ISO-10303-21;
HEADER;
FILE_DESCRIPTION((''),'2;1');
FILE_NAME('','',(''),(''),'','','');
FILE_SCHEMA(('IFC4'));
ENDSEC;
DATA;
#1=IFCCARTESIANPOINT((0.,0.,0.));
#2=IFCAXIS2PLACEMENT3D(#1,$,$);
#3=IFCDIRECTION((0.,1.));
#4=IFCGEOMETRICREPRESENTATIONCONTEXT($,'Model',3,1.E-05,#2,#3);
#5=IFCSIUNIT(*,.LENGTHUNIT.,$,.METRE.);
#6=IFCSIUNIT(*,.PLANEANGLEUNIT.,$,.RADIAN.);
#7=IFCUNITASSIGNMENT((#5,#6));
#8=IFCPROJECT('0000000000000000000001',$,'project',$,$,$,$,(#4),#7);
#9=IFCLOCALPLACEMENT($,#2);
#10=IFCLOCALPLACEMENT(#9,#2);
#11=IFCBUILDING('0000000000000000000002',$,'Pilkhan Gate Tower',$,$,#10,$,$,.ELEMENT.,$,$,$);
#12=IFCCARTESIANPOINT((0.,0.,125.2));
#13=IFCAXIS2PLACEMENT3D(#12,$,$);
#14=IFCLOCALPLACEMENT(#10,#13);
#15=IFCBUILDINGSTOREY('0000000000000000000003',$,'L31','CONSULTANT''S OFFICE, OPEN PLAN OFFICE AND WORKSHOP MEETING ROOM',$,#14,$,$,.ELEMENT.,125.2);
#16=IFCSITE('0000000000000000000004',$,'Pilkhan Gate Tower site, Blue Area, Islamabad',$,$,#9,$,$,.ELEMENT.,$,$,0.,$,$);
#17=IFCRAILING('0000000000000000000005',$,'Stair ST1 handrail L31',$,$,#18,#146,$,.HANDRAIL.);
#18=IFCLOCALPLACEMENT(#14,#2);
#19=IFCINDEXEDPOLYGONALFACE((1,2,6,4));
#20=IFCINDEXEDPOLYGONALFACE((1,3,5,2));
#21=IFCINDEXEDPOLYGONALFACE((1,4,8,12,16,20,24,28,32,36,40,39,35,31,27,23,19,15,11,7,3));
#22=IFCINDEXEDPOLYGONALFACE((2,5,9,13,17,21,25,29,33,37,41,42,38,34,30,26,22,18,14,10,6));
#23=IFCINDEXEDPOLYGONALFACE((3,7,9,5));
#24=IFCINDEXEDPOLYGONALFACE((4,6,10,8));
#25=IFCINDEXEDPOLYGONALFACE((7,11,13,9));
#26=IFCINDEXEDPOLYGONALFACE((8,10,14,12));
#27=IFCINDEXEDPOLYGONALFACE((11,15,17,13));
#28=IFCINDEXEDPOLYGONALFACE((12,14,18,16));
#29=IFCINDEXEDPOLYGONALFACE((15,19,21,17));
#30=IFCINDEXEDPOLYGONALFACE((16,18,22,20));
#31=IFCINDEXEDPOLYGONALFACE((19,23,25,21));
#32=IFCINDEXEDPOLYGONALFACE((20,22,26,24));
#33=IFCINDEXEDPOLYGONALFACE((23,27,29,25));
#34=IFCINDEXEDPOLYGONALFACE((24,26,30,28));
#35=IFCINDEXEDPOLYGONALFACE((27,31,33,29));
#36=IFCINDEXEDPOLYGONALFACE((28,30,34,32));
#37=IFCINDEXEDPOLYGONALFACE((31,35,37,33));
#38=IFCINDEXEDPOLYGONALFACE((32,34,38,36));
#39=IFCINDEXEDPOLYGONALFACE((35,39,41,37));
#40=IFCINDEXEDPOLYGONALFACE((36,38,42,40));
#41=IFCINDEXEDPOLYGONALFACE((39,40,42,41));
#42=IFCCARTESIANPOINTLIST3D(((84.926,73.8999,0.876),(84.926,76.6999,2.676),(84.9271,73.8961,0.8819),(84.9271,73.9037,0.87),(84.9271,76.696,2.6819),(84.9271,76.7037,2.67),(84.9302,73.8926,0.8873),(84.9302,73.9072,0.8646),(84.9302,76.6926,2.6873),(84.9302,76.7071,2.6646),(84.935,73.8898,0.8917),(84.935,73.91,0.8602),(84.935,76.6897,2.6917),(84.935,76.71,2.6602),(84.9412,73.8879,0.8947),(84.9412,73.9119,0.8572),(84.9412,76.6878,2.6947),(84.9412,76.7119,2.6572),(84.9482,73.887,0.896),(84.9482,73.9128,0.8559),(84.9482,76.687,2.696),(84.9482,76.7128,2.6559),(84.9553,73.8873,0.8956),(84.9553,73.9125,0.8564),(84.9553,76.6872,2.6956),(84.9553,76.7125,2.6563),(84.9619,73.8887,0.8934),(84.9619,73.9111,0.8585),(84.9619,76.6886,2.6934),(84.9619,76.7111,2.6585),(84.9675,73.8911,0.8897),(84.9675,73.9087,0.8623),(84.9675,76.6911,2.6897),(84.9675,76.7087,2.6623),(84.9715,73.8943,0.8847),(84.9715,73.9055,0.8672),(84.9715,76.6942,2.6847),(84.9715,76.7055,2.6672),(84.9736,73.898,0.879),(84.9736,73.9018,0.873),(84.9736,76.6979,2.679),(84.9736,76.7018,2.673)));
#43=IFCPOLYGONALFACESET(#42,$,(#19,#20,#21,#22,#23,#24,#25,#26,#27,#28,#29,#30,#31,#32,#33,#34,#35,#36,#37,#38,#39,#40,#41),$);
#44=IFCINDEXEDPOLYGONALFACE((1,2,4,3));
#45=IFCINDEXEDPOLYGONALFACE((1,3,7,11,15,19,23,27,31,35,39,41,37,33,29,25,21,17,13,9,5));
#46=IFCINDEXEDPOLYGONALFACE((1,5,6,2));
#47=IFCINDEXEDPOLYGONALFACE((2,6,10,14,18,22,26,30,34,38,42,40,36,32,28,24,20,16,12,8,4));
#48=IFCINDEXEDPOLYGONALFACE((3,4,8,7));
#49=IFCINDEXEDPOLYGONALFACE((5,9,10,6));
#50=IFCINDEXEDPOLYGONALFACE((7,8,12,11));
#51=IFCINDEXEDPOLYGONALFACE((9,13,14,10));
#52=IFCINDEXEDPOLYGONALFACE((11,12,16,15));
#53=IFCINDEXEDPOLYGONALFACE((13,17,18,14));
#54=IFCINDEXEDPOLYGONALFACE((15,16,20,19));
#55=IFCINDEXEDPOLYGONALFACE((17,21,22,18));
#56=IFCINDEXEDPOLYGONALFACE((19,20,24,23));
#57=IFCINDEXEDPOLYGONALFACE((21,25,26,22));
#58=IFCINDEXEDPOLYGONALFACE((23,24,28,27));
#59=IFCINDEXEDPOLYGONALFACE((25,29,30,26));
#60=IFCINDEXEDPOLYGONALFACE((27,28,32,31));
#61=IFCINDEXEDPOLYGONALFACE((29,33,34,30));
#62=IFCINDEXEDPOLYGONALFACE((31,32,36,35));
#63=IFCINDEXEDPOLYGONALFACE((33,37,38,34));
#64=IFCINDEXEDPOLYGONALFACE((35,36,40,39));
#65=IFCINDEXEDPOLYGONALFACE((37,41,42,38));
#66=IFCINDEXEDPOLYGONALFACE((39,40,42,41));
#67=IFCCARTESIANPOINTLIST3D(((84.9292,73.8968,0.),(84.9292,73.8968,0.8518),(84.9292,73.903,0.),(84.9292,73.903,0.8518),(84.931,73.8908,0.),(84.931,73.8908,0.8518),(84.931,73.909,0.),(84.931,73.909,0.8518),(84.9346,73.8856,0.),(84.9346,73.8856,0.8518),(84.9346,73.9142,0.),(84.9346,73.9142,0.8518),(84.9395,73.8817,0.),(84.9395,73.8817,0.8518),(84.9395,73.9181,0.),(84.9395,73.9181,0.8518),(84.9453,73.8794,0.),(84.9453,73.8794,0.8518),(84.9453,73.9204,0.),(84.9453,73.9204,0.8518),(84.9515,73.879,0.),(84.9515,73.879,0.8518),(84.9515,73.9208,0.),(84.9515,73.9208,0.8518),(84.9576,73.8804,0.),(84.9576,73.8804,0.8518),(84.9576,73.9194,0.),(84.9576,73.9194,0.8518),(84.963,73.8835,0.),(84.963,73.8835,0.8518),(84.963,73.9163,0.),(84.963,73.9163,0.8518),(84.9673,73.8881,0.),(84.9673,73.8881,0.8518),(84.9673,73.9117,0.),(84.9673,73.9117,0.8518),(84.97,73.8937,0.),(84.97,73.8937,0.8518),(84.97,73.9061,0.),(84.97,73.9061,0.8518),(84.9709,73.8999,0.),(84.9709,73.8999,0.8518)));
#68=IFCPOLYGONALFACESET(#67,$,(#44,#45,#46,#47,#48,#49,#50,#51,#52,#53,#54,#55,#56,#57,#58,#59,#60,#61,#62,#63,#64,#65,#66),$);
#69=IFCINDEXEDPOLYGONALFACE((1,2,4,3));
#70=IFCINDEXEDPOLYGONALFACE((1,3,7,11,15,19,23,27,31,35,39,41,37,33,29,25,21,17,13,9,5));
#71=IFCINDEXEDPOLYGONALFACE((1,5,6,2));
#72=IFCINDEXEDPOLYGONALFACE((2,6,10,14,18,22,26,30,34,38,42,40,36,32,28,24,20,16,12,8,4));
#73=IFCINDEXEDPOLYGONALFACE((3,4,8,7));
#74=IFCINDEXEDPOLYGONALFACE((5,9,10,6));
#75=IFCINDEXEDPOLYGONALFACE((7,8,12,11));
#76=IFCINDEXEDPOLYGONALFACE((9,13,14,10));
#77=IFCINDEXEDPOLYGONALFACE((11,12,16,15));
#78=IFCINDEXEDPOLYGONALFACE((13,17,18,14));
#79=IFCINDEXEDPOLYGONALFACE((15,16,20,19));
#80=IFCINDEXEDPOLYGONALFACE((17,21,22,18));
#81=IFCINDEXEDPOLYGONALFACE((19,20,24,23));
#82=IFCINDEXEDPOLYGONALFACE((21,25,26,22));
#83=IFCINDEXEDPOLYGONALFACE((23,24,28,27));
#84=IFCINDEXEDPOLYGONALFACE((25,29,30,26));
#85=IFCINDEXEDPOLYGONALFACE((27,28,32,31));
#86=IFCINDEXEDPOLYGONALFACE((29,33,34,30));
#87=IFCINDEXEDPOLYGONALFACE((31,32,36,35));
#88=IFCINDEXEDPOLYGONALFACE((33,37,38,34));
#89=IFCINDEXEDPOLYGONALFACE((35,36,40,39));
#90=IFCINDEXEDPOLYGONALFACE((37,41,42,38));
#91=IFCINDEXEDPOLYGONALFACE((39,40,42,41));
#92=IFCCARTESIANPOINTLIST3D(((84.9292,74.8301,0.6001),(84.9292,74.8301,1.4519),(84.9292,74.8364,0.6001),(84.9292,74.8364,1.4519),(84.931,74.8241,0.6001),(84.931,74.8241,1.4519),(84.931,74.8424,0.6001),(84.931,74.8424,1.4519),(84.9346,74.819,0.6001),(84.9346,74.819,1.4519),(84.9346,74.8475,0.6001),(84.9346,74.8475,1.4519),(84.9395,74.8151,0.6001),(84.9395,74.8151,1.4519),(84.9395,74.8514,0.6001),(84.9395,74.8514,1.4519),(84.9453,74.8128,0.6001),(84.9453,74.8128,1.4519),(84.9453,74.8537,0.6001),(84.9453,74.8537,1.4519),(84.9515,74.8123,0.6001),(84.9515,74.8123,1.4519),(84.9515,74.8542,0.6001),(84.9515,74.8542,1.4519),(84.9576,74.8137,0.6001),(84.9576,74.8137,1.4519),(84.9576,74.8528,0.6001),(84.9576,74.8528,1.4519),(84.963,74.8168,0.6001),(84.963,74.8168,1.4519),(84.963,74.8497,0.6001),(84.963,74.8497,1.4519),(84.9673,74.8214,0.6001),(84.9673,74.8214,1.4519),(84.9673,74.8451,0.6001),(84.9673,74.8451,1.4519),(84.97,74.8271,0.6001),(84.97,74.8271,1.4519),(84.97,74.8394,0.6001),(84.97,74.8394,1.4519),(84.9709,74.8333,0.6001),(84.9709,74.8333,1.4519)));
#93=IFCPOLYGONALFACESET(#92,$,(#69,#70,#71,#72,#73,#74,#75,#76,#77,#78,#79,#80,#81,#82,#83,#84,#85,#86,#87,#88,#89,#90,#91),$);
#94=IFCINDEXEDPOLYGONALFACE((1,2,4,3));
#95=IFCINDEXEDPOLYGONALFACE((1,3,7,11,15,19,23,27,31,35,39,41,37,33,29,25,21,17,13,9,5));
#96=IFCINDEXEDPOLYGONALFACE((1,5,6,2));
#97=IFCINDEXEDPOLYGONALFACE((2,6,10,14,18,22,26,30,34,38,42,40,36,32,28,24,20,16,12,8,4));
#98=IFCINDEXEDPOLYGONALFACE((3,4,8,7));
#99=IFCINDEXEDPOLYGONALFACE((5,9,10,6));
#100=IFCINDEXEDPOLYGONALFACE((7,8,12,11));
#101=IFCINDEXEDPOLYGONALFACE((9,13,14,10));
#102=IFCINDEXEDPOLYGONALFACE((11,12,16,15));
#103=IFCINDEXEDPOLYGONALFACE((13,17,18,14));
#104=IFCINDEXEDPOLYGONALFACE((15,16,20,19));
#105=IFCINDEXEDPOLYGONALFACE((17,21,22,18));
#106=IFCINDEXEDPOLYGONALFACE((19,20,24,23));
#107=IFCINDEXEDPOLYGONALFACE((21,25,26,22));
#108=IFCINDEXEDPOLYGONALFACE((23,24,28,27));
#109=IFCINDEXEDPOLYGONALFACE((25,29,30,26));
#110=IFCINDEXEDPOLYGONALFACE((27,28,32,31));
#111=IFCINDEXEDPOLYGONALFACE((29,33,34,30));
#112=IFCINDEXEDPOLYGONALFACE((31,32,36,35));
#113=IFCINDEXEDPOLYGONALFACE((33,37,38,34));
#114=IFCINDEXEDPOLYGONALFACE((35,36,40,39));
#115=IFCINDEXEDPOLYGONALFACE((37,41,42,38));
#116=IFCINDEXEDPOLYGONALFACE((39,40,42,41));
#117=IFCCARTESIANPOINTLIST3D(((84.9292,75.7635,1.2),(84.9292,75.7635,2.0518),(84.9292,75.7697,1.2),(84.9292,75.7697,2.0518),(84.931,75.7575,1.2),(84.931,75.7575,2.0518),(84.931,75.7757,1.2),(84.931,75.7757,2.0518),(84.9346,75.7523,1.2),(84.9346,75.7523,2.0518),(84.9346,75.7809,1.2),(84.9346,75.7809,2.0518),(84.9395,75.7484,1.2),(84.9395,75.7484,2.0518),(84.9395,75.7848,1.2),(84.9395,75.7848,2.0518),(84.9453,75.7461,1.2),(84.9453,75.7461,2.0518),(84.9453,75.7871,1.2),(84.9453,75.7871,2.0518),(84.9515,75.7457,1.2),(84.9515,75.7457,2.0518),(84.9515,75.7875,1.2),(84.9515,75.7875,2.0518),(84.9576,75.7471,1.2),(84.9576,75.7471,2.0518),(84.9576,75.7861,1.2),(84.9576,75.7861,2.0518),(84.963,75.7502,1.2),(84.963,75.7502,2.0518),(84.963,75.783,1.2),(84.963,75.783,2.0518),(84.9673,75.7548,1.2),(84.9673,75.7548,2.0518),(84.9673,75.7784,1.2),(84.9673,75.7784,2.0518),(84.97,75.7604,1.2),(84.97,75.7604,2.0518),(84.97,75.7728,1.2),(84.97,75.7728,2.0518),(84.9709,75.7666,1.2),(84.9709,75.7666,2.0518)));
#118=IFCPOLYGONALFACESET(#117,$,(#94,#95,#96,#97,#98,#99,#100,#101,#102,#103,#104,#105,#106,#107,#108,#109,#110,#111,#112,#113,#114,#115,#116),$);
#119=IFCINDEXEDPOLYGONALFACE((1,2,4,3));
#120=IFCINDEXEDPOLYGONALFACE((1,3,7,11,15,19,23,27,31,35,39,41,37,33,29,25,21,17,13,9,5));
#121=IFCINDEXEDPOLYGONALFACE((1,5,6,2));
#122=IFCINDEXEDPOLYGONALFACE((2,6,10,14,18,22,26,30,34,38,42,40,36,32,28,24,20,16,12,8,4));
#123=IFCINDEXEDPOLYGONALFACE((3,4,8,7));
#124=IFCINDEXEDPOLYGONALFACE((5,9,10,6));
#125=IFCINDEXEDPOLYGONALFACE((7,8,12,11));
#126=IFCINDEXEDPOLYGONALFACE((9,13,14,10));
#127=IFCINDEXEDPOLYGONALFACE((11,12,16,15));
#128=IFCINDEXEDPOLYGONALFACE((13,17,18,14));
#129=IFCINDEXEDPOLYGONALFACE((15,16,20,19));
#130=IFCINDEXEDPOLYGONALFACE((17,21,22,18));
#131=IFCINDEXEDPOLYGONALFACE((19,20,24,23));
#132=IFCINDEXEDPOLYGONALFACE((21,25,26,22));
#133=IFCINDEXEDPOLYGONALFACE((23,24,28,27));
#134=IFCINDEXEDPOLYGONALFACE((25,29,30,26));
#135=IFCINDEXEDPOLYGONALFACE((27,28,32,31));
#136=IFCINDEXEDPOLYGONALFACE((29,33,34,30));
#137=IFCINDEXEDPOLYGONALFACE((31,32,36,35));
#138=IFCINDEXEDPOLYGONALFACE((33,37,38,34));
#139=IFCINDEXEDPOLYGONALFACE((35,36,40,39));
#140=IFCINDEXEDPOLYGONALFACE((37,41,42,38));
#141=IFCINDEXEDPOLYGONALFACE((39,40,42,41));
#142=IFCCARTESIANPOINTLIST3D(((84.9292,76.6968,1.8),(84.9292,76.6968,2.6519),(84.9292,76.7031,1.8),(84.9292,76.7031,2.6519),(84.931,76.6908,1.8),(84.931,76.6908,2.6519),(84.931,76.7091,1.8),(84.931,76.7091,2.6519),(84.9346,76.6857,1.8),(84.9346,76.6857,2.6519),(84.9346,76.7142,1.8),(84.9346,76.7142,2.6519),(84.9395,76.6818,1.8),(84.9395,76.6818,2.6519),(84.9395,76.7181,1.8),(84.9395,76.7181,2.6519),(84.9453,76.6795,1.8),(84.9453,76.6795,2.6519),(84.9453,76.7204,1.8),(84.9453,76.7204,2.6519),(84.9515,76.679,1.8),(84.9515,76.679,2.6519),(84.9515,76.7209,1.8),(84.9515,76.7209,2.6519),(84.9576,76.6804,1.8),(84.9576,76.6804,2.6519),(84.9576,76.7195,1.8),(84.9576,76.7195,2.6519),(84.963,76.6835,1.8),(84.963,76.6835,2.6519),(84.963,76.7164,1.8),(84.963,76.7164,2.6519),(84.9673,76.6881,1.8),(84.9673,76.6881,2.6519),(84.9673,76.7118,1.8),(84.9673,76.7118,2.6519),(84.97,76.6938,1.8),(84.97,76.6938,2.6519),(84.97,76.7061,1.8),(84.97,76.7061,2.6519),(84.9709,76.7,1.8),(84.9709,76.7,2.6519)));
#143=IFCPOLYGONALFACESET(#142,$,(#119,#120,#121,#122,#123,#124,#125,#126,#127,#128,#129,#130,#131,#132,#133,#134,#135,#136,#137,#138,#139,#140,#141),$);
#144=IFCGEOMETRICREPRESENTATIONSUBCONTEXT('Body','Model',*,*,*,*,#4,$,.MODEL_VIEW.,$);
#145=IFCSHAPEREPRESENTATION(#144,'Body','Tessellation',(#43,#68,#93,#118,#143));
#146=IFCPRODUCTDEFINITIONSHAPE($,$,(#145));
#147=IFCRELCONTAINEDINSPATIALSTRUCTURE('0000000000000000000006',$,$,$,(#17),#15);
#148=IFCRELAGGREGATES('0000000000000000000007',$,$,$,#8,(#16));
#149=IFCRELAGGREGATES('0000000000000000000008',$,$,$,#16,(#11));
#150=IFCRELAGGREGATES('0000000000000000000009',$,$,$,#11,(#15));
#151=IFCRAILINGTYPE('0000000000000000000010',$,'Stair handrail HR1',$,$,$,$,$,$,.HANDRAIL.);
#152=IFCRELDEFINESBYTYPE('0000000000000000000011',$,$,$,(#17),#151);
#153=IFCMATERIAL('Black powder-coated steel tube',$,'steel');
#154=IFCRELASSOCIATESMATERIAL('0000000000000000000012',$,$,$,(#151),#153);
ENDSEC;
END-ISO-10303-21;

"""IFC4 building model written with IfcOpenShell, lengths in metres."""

from ifc_helpers import new_model, si_unit, direction, frame, origin, origin_2d, place, context, subcontext, project, spatial, circle, extrude, material, type_object, element, save


model = new_model("IFC4")

# Units and contexts
model_context = context("Model", 3, precision=1e-05, world=origin(), true_north=direction((0.0, 1.0)))
body_context = subcontext(model_context, "Body", "Model", "MODEL_VIEW")
ifc_project = project(units=[si_unit("LENGTHUNIT", "METRE"), si_unit("PLANEANGLEUNIT", "RADIAN")], contexts=[model_context])

# Site, building, storey
site_placement = place(None, origin())
site = spatial("IfcSite", under=ifc_project, at=site_placement, Name="Pilkhan Gate Tower site, Blue Area, Islamabad", CompositionType="ELEMENT", RefElevation=0.0)
building_placement = place(site_placement, origin())
building = spatial("IfcBuilding", under=site, at=building_placement, Name="Pilkhan Gate Tower", CompositionType="ELEMENT")
storey_placement = place(building_placement, frame((0.0, 0.0, 125.2)))
storey = spatial("IfcBuildingStorey", under=building, at=storey_placement, Name="L31", Description="CONSULTANT'S OFFICE, OPEN PLAN OFFICE AND WORKSHOP MEETING ROOM", CompositionType="ELEMENT", Elevation=125.2)

# Railing
ifc_material_1 = material(Name="Black powder-coated steel tube", Category="steel")
railing_type_1 = type_object("IfcRailingType", Name="Stair handrail HR1", PredefinedType="HANDRAIL", material=ifc_material_1)
railing_1_placement = place(storey_placement, frame((84.95, 73.8999, 0.0)))
element("IfcRailing", 1, at=railing_1_placement, inside=storey, type_object=railing_type_1, Name="Stair ST1 handrail L31", PredefinedType="HANDRAIL", context=body_context, shape_type="SweptSolid", body=[
    extrude(circle(Radius=0.0239, at=origin_2d()), frame((0.0, 0.0, 0.876), z_axis=(0.0, 0.841176, 0.540761), x_axis=(-1.0, 0.0, 0.0)), (0.0, 0.0, 1.0), 3.3286),
    extrude(circle(Radius=0.021, at=origin_2d()), origin(), (0.0, 0.0, 1.0), 0.8518),
    extrude(circle(Radius=0.021, at=origin_2d()), frame((0.0, 0.9333, 0.6001)), (0.0, 0.0, 1.0), 0.8518),
    extrude(circle(Radius=0.021, at=origin_2d()), frame((0.0, 1.8667, 1.2)), (0.0, 0.0, 1.0), 0.8518),
    extrude(circle(Radius=0.021, at=origin_2d()), frame((0.0, 2.8, 1.8)), (0.0, 0.0, 1.0), 0.8518),
])

save(model, "model.ifc")
